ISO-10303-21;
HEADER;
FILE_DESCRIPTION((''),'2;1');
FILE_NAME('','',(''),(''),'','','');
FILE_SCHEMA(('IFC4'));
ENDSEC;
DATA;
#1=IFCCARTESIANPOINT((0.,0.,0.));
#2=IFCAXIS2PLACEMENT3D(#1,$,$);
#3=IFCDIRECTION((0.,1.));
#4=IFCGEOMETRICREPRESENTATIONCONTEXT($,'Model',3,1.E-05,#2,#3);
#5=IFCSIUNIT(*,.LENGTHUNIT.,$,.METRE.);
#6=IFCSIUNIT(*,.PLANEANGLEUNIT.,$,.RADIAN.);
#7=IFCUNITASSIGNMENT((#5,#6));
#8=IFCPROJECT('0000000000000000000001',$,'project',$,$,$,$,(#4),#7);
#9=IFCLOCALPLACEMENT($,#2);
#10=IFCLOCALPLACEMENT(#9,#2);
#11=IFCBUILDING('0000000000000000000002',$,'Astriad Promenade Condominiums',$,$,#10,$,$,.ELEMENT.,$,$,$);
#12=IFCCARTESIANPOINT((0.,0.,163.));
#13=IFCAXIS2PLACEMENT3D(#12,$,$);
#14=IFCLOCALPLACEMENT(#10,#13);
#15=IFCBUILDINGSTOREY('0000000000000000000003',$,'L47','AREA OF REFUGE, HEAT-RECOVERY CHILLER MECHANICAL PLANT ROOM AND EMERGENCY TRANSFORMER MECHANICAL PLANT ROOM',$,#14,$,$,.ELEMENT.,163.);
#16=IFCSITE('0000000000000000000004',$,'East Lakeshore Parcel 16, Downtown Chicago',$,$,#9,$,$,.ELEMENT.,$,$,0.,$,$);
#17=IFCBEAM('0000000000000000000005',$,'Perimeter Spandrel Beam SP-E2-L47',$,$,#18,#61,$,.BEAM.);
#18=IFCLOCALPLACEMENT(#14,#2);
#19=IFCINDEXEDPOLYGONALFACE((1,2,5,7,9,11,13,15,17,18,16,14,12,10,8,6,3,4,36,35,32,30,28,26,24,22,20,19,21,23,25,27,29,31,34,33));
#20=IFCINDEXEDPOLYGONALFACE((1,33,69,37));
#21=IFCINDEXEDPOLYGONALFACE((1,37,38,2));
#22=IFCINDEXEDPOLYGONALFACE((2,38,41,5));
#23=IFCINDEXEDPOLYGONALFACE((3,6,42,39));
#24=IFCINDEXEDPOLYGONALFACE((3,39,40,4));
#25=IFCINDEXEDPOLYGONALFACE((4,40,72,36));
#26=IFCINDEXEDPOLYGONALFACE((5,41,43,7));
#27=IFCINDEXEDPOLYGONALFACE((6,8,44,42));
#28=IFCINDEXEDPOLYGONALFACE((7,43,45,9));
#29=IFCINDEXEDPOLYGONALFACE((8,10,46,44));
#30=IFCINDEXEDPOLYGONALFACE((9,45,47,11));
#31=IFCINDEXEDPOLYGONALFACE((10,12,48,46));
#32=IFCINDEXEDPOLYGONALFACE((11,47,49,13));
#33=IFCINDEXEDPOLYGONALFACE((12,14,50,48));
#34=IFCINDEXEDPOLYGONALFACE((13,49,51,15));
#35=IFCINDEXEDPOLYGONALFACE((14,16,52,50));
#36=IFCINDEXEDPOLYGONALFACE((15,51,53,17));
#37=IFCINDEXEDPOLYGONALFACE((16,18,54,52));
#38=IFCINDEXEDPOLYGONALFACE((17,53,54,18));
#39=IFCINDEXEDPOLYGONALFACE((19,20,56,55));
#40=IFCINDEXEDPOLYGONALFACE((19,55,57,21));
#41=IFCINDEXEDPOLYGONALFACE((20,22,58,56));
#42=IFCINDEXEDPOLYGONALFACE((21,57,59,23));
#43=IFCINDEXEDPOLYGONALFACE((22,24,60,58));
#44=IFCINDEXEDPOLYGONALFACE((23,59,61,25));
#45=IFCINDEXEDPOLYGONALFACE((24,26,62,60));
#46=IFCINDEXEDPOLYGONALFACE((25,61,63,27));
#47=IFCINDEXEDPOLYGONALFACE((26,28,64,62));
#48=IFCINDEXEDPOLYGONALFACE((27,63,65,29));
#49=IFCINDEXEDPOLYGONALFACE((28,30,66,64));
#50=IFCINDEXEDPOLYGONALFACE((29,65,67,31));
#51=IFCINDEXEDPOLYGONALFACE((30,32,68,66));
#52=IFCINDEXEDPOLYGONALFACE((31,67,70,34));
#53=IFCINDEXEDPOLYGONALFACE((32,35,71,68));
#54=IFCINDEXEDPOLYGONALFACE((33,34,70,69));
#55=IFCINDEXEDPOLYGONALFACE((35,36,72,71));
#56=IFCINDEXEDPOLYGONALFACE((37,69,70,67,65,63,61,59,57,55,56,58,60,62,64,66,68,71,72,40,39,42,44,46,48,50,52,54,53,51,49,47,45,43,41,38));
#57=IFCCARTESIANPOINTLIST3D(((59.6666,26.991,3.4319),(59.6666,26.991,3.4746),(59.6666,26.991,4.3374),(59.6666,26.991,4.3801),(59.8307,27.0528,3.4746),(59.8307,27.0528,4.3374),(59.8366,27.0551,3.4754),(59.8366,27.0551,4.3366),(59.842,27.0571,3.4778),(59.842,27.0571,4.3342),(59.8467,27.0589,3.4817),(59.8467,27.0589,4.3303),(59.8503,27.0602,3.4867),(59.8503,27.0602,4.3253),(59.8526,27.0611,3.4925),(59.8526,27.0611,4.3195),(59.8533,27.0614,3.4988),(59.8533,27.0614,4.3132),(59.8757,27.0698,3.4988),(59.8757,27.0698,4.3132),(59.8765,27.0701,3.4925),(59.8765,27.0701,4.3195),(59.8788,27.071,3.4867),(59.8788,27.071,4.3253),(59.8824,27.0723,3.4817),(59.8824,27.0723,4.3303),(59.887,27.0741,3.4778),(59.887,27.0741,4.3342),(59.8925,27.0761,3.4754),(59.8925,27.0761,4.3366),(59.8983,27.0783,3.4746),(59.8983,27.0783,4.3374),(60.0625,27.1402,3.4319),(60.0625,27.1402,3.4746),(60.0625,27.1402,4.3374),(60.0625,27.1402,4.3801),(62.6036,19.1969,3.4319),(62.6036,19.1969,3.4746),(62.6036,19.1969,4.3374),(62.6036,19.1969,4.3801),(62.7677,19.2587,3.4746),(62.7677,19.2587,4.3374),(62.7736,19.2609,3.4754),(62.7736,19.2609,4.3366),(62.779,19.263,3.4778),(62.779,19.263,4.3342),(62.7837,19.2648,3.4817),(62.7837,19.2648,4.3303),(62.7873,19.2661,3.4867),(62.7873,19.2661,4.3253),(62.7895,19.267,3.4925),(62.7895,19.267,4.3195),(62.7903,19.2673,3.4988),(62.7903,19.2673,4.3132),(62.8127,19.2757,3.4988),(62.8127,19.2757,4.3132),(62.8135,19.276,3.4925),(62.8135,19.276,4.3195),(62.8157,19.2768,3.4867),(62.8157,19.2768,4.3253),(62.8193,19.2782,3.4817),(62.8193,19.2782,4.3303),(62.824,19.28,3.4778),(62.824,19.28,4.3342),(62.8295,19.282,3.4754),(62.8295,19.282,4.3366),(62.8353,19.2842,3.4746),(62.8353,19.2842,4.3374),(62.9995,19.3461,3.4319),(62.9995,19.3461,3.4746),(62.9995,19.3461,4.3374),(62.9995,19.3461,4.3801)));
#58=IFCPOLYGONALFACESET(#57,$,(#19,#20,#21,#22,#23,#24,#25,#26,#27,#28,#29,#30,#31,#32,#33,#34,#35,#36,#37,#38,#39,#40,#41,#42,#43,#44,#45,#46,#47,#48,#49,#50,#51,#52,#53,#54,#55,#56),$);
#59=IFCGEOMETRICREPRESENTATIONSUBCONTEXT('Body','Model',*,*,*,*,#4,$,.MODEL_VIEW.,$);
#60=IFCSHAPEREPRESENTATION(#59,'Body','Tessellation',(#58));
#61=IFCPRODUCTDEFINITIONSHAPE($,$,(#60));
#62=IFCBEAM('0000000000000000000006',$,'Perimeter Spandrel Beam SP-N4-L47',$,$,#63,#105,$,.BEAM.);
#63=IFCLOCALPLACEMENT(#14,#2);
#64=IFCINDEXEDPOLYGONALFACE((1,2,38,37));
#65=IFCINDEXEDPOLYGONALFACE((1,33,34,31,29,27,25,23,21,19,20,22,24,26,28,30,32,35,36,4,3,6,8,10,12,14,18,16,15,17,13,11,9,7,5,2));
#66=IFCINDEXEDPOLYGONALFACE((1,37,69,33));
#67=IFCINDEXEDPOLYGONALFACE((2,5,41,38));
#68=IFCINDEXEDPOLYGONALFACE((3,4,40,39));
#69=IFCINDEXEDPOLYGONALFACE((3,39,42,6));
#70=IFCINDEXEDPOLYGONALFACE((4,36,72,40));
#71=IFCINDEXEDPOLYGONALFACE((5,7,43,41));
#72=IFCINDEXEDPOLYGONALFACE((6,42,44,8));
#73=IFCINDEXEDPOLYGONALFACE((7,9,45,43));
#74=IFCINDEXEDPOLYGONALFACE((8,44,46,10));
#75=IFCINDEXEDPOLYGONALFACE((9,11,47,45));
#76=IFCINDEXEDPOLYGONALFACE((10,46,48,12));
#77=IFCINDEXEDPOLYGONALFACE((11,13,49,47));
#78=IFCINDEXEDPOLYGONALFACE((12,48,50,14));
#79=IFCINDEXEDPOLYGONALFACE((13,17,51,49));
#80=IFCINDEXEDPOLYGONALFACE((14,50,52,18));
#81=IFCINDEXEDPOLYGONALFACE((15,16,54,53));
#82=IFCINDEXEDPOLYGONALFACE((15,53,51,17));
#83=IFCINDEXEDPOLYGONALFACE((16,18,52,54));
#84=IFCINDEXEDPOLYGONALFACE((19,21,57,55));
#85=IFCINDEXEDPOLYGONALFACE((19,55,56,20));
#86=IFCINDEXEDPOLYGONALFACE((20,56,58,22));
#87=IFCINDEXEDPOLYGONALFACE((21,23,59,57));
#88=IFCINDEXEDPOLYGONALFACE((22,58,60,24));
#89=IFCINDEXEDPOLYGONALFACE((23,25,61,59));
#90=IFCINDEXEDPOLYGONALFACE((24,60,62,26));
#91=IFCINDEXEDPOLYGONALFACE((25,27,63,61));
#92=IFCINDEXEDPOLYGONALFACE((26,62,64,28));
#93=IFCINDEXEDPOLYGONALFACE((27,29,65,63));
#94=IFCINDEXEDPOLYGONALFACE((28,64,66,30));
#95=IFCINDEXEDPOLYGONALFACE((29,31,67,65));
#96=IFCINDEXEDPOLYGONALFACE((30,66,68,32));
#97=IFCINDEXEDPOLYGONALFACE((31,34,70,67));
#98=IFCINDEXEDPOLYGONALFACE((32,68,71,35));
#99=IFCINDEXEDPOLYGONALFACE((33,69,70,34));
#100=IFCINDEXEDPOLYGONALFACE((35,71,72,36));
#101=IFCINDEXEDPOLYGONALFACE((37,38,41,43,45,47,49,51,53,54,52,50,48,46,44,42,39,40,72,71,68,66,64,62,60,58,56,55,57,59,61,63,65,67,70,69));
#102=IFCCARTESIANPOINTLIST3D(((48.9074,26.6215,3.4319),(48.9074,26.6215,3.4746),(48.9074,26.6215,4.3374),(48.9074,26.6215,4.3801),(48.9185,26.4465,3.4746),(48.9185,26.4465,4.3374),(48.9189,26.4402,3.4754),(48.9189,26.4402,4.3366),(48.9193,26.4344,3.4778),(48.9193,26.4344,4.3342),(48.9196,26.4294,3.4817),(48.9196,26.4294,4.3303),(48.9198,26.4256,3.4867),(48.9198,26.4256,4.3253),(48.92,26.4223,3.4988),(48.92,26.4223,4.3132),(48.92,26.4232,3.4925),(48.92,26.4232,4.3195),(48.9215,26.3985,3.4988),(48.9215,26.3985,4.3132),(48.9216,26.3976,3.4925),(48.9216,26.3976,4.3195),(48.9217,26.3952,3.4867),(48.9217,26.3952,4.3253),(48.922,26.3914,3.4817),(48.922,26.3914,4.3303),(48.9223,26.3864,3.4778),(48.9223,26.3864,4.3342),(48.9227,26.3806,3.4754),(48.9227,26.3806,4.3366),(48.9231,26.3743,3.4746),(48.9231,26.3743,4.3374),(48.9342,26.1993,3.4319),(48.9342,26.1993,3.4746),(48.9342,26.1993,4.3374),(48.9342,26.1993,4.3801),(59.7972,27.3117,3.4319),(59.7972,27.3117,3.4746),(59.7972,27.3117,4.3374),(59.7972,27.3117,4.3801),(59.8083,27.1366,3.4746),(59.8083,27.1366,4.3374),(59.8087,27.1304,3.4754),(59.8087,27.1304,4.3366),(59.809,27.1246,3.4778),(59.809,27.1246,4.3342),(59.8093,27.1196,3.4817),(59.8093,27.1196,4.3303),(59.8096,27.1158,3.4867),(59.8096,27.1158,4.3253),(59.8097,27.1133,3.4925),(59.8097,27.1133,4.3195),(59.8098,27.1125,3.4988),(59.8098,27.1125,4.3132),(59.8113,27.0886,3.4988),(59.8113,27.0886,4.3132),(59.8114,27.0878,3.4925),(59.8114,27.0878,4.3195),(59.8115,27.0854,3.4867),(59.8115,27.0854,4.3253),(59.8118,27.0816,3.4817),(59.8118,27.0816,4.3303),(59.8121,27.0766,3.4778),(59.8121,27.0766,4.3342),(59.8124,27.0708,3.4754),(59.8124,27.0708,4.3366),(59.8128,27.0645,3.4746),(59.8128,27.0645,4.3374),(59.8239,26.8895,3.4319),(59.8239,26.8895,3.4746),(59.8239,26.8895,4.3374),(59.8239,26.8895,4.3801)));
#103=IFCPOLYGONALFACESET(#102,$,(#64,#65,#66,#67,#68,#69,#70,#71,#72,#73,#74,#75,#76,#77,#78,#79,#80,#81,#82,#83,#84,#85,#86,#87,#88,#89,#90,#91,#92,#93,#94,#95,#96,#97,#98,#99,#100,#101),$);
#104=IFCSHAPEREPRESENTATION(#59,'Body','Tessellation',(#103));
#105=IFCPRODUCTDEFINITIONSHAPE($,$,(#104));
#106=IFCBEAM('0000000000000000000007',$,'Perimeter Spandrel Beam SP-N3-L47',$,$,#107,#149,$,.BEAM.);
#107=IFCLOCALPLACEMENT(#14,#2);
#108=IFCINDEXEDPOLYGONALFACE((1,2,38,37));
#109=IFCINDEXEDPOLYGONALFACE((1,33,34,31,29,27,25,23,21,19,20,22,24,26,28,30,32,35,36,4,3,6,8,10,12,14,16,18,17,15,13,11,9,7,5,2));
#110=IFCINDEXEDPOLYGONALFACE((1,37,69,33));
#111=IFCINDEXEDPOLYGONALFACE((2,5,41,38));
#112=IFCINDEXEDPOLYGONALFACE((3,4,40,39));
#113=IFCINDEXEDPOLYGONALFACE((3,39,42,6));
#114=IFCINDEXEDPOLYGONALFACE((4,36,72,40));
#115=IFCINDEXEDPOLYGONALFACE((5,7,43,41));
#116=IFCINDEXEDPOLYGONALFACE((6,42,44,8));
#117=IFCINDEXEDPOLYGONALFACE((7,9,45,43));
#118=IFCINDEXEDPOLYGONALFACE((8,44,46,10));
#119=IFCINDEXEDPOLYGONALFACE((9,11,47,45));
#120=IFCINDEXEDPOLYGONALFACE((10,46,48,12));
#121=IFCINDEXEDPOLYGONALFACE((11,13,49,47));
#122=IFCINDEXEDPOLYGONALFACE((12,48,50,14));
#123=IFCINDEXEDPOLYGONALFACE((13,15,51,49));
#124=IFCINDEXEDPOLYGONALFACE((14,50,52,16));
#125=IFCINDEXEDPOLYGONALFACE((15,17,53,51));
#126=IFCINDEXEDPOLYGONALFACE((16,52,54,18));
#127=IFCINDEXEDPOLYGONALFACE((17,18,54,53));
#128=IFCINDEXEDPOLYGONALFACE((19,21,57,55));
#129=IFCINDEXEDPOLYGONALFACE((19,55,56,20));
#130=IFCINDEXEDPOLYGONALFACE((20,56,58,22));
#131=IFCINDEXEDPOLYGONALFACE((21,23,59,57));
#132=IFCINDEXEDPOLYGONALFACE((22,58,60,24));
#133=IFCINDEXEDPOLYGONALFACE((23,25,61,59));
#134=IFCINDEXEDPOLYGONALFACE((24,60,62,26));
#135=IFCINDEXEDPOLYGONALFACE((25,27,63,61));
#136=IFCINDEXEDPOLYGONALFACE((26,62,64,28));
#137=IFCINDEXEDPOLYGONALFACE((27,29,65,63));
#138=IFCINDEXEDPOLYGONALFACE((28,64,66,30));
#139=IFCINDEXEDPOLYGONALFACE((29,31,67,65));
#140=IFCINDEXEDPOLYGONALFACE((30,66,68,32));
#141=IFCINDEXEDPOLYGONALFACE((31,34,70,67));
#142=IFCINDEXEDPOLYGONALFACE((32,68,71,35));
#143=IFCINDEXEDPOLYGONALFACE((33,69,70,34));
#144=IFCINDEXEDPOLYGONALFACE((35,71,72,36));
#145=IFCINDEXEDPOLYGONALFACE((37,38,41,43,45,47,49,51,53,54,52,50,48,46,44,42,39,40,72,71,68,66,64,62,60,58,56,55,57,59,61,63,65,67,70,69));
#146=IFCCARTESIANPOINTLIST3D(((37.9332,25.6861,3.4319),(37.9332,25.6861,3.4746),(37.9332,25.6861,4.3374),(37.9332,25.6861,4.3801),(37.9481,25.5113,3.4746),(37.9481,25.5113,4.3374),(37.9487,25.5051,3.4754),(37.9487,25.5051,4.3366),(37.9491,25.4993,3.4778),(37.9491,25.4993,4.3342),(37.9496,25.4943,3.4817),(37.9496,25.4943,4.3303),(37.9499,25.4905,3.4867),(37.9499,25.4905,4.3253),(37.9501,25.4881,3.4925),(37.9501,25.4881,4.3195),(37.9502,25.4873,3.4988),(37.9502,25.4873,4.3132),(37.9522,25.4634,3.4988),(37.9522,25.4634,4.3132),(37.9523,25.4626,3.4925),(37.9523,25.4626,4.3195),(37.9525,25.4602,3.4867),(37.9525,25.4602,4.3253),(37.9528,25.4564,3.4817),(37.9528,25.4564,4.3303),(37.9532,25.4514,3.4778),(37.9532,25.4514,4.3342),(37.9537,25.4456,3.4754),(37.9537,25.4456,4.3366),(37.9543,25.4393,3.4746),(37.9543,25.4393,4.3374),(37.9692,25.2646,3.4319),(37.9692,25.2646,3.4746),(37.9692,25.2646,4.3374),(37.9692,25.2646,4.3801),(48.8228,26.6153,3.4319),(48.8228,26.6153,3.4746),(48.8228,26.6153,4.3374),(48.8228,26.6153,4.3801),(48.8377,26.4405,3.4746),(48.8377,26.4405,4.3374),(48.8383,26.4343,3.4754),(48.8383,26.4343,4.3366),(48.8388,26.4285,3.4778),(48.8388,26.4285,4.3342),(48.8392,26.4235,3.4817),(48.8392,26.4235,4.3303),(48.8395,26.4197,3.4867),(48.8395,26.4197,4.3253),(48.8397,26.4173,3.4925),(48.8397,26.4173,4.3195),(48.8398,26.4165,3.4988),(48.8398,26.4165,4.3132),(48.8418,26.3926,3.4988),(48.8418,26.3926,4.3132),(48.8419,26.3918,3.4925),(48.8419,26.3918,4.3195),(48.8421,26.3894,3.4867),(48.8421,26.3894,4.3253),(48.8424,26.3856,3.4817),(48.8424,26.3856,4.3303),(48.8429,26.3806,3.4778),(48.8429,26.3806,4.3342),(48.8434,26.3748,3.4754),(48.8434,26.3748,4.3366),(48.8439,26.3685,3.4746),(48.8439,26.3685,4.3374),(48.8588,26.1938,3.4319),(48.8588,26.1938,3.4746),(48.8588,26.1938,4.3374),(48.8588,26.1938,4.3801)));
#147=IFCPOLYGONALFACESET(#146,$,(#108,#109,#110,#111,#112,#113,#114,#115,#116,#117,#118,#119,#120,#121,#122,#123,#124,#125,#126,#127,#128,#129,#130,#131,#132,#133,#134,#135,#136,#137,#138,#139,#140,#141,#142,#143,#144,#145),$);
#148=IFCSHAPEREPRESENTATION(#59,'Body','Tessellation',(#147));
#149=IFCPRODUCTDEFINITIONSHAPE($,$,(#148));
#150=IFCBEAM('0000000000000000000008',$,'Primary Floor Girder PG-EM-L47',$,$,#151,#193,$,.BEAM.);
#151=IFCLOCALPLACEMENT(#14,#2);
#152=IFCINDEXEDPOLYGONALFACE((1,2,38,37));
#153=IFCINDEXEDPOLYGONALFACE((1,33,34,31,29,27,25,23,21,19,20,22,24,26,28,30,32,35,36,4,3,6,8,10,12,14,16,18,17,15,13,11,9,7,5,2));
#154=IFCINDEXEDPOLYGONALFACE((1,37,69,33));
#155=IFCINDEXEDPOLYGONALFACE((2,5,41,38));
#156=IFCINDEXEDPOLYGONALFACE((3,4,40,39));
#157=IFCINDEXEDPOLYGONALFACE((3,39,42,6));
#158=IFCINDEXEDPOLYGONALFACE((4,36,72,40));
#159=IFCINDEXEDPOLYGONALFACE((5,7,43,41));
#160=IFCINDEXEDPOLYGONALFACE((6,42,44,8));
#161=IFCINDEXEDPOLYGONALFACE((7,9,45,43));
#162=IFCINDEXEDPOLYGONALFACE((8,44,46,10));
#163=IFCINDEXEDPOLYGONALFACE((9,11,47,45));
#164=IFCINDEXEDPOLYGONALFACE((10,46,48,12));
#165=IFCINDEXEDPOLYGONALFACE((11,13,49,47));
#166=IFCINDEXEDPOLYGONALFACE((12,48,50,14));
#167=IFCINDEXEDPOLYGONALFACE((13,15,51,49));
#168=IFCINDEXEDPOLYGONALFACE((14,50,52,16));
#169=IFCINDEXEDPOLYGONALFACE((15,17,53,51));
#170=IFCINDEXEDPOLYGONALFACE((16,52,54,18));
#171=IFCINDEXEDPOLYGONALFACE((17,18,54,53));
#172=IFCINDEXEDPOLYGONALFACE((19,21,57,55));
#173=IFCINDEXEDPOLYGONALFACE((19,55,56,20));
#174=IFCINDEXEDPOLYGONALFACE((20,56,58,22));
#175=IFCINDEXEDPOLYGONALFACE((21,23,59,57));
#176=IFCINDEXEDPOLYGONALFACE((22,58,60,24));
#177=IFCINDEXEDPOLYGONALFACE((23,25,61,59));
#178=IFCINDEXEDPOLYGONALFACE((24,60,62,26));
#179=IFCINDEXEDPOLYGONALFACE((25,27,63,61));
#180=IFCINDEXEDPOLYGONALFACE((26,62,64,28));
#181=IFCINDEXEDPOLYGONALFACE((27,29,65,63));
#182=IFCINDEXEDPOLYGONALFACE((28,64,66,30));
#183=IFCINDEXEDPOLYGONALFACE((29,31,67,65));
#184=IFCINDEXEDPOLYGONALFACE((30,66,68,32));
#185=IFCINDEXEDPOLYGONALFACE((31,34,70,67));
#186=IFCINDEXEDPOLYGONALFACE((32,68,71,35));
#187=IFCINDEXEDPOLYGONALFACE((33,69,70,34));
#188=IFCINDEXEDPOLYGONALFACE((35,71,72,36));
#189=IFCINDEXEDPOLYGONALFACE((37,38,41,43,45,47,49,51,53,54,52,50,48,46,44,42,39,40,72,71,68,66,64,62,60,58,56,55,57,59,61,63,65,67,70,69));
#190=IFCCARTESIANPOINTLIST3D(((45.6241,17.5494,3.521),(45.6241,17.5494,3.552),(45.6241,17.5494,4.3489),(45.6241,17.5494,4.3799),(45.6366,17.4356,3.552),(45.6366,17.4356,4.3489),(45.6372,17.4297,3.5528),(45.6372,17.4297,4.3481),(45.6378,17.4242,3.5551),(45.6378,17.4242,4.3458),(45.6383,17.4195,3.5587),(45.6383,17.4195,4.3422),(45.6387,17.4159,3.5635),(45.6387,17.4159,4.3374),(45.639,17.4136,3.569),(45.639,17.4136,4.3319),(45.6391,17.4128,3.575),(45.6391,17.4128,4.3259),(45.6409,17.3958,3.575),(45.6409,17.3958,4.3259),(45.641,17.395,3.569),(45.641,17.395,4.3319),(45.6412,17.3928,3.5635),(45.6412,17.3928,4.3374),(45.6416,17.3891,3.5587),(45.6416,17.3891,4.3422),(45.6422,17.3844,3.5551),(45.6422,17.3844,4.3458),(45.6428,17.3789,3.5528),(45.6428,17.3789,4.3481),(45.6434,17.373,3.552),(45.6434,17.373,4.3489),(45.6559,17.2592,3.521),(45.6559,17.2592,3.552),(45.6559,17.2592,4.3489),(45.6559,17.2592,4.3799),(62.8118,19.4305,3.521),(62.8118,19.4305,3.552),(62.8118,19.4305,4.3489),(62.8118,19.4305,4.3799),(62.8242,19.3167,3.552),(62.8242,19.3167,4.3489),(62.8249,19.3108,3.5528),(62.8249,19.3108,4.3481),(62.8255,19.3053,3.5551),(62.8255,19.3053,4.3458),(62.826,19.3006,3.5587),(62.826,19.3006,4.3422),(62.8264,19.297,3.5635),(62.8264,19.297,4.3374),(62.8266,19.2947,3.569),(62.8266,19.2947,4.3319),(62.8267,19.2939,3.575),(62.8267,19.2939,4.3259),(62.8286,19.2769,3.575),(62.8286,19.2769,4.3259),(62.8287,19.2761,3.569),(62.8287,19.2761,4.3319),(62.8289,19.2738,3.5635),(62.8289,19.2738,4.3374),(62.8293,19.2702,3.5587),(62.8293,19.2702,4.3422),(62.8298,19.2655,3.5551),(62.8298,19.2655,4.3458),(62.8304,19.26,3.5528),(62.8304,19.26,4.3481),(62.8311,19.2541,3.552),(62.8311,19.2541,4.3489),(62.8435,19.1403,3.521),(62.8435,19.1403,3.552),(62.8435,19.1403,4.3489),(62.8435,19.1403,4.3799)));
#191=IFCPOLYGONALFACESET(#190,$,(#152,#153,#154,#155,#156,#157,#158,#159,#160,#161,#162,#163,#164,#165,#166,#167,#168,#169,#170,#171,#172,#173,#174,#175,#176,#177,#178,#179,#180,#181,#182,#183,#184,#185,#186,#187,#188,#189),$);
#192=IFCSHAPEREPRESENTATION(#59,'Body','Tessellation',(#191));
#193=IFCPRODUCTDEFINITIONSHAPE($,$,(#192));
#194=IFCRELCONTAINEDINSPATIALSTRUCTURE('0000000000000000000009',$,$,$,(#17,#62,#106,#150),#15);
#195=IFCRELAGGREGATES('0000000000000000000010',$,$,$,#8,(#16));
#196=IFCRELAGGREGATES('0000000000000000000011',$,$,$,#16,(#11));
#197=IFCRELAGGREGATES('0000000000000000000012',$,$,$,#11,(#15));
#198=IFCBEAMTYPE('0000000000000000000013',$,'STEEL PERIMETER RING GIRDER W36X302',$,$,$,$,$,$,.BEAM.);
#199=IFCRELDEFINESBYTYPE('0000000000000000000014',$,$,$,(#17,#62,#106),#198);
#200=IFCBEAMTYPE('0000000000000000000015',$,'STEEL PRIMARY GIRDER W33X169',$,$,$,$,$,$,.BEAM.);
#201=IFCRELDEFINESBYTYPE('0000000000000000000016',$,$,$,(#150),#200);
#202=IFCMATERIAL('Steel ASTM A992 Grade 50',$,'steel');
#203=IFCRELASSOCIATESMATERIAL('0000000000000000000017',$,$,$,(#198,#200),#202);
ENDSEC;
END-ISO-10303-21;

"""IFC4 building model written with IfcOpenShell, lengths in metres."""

from ifc_helpers import new_model, si_unit, direction, frame, origin, origin_2d, place, context, subcontext, project, spatial, i_section, extrude, source, transform, mapped, material, material_profile, profile_set, type_object, type_shapes, element, save


model = new_model("IFC4")

# Units and contexts
model_context = context("Model", 3, precision=1e-05, world=origin(), true_north=direction((0.0, 1.0)))
body_context = subcontext(model_context, "Body", "Model", "MODEL_VIEW")
ifc_project = project(units=[si_unit("LENGTHUNIT", "METRE"), si_unit("PLANEANGLEUNIT", "RADIAN")], contexts=[model_context])

# Site, building, storey
site_placement = place(None, origin())
site = spatial("IfcSite", under=ifc_project, at=site_placement, Name="East Lakeshore Parcel 16, Downtown Chicago", CompositionType="ELEMENT", RefElevation=0.0)
building_placement = place(site_placement, origin())
building = spatial("IfcBuilding", under=site, at=building_placement, Name="Astriad Promenade Condominiums", CompositionType="ELEMENT")
storey_placement = place(building_placement, frame((0.0, 0.0, 163.0)))
storey = spatial("IfcBuildingStorey", under=building, at=storey_placement, Name="L47", Description="AREA OF REFUGE, HEAT-RECOVERY CHILLER MECHANICAL PLANT ROOM AND EMERGENCY TRANSFORMER MECHANICAL PLANT ROOM", CompositionType="ELEMENT", Elevation=163.0)

# Shared definitions
ifc_material_1 = material(Name="Steel ASTM A992 Grade 50", Category="steel")

# Beams
ifc_material_profile_1 = material_profile(ifc_material_1, i_section(OverallWidth=0.4231, OverallDepth=0.9482, WebThickness=0.0239, FlangeThickness=0.0427, FilletRadius=0.0242, at=origin_2d()), Name="W36X302")
ifc_profile_set_1 = profile_set([ifc_material_profile_1], Name="Steel ASTM A992 Grade 50")
beam_type_1 = type_object("IfcBeamType", Name="STEEL PERIMETER RING GIRDER W36X302", PredefinedType="BEAM", material=ifc_profile_set_1)
shared_shape_1 = source(origin(), body_context, "Body", "SweptSolid", [
    extrude(i_section(OverallWidth=0.4231, OverallDepth=0.9482, WebThickness=0.0239, FlangeThickness=0.0427, FilletRadius=0.0242, at=origin_2d()), origin(), (0.0, 0.0, 1.0), 8.3291),
])
beam_1_placement = place(storey_placement, frame((62.8015, 19.2715, 3.906), z_axis=(-0.352617, 0.935768, 0.0), x_axis=(-0.935768, -0.352617, 0.0)))
element("IfcBeam", 1, at=beam_1_placement, inside=storey, type_object=beam_type_1, Name="Perimeter Spandrel Beam SP-E2-L47", PredefinedType="BEAM", context=body_context, shape_type="MappedRepresentation", body=[
    mapped(shared_shape_1, transform((0.0, 0.0, 0.0), scale=1.0)),
])
shared_shape_2 = source(origin(), body_context, "Body", "SweptSolid", [
    extrude(i_section(OverallWidth=0.4231, OverallDepth=0.9482, WebThickness=0.0239, FlangeThickness=0.0427, FilletRadius=0.0242, at=origin_2d()), origin(), (0.0, 0.0, 1.0), 10.9116),
])
beam_2_placement = place(storey_placement, frame((59.8105, 27.1006, 3.906), z_axis=(-0.997998, -0.063252, 0.0), x_axis=(0.063252, -0.997998, 0.0)))
element("IfcBeam", 2, at=beam_2_placement, inside=storey, type_object=beam_type_1, Name="Perimeter Spandrel Beam SP-N4-L47", PredefinedType="BEAM", context=body_context, shape_type="MappedRepresentation", body=[
    mapped(shared_shape_2, transform((0.0, 0.0, 0.0), scale=1.0)),
])
shared_shape_3 = source(origin(), body_context, "Body", "SweptSolid", [
    extrude(i_section(OverallWidth=0.4231, OverallDepth=0.9482, WebThickness=0.0239, FlangeThickness=0.0427, FilletRadius=0.0242, at=origin_2d()), origin(), (0.0, 0.0, 1.0), 10.9292),
])
type_shapes(beam_type_1, [shared_shape_1, shared_shape_2, shared_shape_3])
beam_3_placement = place(storey_placement, frame((48.8408, 26.4045, 3.906), z_axis=(-0.996379, -0.08502, 0.0), x_axis=(0.08502, -0.996379, 0.0)))
element("IfcBeam", 3, at=beam_3_placement, inside=storey, type_object=beam_type_1, Name="Perimeter Spandrel Beam SP-N3-L47", PredefinedType="BEAM", context=body_context, shape_type="MappedRepresentation", body=[
    mapped(shared_shape_3, transform((0.0, 0.0, 0.0), scale=1.0)),
])
ifc_material_profile_2 = material_profile(ifc_material_1, i_section(OverallWidth=0.292, OverallDepth=0.8589, WebThickness=0.0171, FlangeThickness=0.031, FilletRadius=0.0229, at=origin_2d()), Name="W33X169")
ifc_profile_set_2 = profile_set([ifc_material_profile_2], Name="Steel ASTM A992 Grade 50")
beam_type_2 = type_object("IfcBeamType", Name="STEEL PRIMARY GIRDER W33X169", PredefinedType="BEAM", material=ifc_profile_set_2)
shared_shape_4 = source(origin(), body_context, "Body", "SweptSolid", [
    extrude(i_section(OverallWidth=0.292, OverallDepth=0.8589, WebThickness=0.0171, FlangeThickness=0.031, FilletRadius=0.0229, at=origin_2d()), origin(), (0.0, 0.0, 1.0), 17.2903),
])
type_shapes(beam_type_2, [shared_shape_4])
beam_4_placement = place(storey_placement, frame((62.8276, 19.2854, 3.9504), z_axis=(-0.994064, -0.108795, 0.0), x_axis=(0.108795, -0.994064, 0.0)))
element("IfcBeam", 4, at=beam_4_placement, inside=storey, type_object=beam_type_2, Name="Primary Floor Girder PG-EM-L47", PredefinedType="BEAM", context=body_context, shape_type="MappedRepresentation", body=[
    mapped(shared_shape_4, transform((0.0, 0.0, 0.0), scale=1.0)),
])

save(model, "model.ifc")
